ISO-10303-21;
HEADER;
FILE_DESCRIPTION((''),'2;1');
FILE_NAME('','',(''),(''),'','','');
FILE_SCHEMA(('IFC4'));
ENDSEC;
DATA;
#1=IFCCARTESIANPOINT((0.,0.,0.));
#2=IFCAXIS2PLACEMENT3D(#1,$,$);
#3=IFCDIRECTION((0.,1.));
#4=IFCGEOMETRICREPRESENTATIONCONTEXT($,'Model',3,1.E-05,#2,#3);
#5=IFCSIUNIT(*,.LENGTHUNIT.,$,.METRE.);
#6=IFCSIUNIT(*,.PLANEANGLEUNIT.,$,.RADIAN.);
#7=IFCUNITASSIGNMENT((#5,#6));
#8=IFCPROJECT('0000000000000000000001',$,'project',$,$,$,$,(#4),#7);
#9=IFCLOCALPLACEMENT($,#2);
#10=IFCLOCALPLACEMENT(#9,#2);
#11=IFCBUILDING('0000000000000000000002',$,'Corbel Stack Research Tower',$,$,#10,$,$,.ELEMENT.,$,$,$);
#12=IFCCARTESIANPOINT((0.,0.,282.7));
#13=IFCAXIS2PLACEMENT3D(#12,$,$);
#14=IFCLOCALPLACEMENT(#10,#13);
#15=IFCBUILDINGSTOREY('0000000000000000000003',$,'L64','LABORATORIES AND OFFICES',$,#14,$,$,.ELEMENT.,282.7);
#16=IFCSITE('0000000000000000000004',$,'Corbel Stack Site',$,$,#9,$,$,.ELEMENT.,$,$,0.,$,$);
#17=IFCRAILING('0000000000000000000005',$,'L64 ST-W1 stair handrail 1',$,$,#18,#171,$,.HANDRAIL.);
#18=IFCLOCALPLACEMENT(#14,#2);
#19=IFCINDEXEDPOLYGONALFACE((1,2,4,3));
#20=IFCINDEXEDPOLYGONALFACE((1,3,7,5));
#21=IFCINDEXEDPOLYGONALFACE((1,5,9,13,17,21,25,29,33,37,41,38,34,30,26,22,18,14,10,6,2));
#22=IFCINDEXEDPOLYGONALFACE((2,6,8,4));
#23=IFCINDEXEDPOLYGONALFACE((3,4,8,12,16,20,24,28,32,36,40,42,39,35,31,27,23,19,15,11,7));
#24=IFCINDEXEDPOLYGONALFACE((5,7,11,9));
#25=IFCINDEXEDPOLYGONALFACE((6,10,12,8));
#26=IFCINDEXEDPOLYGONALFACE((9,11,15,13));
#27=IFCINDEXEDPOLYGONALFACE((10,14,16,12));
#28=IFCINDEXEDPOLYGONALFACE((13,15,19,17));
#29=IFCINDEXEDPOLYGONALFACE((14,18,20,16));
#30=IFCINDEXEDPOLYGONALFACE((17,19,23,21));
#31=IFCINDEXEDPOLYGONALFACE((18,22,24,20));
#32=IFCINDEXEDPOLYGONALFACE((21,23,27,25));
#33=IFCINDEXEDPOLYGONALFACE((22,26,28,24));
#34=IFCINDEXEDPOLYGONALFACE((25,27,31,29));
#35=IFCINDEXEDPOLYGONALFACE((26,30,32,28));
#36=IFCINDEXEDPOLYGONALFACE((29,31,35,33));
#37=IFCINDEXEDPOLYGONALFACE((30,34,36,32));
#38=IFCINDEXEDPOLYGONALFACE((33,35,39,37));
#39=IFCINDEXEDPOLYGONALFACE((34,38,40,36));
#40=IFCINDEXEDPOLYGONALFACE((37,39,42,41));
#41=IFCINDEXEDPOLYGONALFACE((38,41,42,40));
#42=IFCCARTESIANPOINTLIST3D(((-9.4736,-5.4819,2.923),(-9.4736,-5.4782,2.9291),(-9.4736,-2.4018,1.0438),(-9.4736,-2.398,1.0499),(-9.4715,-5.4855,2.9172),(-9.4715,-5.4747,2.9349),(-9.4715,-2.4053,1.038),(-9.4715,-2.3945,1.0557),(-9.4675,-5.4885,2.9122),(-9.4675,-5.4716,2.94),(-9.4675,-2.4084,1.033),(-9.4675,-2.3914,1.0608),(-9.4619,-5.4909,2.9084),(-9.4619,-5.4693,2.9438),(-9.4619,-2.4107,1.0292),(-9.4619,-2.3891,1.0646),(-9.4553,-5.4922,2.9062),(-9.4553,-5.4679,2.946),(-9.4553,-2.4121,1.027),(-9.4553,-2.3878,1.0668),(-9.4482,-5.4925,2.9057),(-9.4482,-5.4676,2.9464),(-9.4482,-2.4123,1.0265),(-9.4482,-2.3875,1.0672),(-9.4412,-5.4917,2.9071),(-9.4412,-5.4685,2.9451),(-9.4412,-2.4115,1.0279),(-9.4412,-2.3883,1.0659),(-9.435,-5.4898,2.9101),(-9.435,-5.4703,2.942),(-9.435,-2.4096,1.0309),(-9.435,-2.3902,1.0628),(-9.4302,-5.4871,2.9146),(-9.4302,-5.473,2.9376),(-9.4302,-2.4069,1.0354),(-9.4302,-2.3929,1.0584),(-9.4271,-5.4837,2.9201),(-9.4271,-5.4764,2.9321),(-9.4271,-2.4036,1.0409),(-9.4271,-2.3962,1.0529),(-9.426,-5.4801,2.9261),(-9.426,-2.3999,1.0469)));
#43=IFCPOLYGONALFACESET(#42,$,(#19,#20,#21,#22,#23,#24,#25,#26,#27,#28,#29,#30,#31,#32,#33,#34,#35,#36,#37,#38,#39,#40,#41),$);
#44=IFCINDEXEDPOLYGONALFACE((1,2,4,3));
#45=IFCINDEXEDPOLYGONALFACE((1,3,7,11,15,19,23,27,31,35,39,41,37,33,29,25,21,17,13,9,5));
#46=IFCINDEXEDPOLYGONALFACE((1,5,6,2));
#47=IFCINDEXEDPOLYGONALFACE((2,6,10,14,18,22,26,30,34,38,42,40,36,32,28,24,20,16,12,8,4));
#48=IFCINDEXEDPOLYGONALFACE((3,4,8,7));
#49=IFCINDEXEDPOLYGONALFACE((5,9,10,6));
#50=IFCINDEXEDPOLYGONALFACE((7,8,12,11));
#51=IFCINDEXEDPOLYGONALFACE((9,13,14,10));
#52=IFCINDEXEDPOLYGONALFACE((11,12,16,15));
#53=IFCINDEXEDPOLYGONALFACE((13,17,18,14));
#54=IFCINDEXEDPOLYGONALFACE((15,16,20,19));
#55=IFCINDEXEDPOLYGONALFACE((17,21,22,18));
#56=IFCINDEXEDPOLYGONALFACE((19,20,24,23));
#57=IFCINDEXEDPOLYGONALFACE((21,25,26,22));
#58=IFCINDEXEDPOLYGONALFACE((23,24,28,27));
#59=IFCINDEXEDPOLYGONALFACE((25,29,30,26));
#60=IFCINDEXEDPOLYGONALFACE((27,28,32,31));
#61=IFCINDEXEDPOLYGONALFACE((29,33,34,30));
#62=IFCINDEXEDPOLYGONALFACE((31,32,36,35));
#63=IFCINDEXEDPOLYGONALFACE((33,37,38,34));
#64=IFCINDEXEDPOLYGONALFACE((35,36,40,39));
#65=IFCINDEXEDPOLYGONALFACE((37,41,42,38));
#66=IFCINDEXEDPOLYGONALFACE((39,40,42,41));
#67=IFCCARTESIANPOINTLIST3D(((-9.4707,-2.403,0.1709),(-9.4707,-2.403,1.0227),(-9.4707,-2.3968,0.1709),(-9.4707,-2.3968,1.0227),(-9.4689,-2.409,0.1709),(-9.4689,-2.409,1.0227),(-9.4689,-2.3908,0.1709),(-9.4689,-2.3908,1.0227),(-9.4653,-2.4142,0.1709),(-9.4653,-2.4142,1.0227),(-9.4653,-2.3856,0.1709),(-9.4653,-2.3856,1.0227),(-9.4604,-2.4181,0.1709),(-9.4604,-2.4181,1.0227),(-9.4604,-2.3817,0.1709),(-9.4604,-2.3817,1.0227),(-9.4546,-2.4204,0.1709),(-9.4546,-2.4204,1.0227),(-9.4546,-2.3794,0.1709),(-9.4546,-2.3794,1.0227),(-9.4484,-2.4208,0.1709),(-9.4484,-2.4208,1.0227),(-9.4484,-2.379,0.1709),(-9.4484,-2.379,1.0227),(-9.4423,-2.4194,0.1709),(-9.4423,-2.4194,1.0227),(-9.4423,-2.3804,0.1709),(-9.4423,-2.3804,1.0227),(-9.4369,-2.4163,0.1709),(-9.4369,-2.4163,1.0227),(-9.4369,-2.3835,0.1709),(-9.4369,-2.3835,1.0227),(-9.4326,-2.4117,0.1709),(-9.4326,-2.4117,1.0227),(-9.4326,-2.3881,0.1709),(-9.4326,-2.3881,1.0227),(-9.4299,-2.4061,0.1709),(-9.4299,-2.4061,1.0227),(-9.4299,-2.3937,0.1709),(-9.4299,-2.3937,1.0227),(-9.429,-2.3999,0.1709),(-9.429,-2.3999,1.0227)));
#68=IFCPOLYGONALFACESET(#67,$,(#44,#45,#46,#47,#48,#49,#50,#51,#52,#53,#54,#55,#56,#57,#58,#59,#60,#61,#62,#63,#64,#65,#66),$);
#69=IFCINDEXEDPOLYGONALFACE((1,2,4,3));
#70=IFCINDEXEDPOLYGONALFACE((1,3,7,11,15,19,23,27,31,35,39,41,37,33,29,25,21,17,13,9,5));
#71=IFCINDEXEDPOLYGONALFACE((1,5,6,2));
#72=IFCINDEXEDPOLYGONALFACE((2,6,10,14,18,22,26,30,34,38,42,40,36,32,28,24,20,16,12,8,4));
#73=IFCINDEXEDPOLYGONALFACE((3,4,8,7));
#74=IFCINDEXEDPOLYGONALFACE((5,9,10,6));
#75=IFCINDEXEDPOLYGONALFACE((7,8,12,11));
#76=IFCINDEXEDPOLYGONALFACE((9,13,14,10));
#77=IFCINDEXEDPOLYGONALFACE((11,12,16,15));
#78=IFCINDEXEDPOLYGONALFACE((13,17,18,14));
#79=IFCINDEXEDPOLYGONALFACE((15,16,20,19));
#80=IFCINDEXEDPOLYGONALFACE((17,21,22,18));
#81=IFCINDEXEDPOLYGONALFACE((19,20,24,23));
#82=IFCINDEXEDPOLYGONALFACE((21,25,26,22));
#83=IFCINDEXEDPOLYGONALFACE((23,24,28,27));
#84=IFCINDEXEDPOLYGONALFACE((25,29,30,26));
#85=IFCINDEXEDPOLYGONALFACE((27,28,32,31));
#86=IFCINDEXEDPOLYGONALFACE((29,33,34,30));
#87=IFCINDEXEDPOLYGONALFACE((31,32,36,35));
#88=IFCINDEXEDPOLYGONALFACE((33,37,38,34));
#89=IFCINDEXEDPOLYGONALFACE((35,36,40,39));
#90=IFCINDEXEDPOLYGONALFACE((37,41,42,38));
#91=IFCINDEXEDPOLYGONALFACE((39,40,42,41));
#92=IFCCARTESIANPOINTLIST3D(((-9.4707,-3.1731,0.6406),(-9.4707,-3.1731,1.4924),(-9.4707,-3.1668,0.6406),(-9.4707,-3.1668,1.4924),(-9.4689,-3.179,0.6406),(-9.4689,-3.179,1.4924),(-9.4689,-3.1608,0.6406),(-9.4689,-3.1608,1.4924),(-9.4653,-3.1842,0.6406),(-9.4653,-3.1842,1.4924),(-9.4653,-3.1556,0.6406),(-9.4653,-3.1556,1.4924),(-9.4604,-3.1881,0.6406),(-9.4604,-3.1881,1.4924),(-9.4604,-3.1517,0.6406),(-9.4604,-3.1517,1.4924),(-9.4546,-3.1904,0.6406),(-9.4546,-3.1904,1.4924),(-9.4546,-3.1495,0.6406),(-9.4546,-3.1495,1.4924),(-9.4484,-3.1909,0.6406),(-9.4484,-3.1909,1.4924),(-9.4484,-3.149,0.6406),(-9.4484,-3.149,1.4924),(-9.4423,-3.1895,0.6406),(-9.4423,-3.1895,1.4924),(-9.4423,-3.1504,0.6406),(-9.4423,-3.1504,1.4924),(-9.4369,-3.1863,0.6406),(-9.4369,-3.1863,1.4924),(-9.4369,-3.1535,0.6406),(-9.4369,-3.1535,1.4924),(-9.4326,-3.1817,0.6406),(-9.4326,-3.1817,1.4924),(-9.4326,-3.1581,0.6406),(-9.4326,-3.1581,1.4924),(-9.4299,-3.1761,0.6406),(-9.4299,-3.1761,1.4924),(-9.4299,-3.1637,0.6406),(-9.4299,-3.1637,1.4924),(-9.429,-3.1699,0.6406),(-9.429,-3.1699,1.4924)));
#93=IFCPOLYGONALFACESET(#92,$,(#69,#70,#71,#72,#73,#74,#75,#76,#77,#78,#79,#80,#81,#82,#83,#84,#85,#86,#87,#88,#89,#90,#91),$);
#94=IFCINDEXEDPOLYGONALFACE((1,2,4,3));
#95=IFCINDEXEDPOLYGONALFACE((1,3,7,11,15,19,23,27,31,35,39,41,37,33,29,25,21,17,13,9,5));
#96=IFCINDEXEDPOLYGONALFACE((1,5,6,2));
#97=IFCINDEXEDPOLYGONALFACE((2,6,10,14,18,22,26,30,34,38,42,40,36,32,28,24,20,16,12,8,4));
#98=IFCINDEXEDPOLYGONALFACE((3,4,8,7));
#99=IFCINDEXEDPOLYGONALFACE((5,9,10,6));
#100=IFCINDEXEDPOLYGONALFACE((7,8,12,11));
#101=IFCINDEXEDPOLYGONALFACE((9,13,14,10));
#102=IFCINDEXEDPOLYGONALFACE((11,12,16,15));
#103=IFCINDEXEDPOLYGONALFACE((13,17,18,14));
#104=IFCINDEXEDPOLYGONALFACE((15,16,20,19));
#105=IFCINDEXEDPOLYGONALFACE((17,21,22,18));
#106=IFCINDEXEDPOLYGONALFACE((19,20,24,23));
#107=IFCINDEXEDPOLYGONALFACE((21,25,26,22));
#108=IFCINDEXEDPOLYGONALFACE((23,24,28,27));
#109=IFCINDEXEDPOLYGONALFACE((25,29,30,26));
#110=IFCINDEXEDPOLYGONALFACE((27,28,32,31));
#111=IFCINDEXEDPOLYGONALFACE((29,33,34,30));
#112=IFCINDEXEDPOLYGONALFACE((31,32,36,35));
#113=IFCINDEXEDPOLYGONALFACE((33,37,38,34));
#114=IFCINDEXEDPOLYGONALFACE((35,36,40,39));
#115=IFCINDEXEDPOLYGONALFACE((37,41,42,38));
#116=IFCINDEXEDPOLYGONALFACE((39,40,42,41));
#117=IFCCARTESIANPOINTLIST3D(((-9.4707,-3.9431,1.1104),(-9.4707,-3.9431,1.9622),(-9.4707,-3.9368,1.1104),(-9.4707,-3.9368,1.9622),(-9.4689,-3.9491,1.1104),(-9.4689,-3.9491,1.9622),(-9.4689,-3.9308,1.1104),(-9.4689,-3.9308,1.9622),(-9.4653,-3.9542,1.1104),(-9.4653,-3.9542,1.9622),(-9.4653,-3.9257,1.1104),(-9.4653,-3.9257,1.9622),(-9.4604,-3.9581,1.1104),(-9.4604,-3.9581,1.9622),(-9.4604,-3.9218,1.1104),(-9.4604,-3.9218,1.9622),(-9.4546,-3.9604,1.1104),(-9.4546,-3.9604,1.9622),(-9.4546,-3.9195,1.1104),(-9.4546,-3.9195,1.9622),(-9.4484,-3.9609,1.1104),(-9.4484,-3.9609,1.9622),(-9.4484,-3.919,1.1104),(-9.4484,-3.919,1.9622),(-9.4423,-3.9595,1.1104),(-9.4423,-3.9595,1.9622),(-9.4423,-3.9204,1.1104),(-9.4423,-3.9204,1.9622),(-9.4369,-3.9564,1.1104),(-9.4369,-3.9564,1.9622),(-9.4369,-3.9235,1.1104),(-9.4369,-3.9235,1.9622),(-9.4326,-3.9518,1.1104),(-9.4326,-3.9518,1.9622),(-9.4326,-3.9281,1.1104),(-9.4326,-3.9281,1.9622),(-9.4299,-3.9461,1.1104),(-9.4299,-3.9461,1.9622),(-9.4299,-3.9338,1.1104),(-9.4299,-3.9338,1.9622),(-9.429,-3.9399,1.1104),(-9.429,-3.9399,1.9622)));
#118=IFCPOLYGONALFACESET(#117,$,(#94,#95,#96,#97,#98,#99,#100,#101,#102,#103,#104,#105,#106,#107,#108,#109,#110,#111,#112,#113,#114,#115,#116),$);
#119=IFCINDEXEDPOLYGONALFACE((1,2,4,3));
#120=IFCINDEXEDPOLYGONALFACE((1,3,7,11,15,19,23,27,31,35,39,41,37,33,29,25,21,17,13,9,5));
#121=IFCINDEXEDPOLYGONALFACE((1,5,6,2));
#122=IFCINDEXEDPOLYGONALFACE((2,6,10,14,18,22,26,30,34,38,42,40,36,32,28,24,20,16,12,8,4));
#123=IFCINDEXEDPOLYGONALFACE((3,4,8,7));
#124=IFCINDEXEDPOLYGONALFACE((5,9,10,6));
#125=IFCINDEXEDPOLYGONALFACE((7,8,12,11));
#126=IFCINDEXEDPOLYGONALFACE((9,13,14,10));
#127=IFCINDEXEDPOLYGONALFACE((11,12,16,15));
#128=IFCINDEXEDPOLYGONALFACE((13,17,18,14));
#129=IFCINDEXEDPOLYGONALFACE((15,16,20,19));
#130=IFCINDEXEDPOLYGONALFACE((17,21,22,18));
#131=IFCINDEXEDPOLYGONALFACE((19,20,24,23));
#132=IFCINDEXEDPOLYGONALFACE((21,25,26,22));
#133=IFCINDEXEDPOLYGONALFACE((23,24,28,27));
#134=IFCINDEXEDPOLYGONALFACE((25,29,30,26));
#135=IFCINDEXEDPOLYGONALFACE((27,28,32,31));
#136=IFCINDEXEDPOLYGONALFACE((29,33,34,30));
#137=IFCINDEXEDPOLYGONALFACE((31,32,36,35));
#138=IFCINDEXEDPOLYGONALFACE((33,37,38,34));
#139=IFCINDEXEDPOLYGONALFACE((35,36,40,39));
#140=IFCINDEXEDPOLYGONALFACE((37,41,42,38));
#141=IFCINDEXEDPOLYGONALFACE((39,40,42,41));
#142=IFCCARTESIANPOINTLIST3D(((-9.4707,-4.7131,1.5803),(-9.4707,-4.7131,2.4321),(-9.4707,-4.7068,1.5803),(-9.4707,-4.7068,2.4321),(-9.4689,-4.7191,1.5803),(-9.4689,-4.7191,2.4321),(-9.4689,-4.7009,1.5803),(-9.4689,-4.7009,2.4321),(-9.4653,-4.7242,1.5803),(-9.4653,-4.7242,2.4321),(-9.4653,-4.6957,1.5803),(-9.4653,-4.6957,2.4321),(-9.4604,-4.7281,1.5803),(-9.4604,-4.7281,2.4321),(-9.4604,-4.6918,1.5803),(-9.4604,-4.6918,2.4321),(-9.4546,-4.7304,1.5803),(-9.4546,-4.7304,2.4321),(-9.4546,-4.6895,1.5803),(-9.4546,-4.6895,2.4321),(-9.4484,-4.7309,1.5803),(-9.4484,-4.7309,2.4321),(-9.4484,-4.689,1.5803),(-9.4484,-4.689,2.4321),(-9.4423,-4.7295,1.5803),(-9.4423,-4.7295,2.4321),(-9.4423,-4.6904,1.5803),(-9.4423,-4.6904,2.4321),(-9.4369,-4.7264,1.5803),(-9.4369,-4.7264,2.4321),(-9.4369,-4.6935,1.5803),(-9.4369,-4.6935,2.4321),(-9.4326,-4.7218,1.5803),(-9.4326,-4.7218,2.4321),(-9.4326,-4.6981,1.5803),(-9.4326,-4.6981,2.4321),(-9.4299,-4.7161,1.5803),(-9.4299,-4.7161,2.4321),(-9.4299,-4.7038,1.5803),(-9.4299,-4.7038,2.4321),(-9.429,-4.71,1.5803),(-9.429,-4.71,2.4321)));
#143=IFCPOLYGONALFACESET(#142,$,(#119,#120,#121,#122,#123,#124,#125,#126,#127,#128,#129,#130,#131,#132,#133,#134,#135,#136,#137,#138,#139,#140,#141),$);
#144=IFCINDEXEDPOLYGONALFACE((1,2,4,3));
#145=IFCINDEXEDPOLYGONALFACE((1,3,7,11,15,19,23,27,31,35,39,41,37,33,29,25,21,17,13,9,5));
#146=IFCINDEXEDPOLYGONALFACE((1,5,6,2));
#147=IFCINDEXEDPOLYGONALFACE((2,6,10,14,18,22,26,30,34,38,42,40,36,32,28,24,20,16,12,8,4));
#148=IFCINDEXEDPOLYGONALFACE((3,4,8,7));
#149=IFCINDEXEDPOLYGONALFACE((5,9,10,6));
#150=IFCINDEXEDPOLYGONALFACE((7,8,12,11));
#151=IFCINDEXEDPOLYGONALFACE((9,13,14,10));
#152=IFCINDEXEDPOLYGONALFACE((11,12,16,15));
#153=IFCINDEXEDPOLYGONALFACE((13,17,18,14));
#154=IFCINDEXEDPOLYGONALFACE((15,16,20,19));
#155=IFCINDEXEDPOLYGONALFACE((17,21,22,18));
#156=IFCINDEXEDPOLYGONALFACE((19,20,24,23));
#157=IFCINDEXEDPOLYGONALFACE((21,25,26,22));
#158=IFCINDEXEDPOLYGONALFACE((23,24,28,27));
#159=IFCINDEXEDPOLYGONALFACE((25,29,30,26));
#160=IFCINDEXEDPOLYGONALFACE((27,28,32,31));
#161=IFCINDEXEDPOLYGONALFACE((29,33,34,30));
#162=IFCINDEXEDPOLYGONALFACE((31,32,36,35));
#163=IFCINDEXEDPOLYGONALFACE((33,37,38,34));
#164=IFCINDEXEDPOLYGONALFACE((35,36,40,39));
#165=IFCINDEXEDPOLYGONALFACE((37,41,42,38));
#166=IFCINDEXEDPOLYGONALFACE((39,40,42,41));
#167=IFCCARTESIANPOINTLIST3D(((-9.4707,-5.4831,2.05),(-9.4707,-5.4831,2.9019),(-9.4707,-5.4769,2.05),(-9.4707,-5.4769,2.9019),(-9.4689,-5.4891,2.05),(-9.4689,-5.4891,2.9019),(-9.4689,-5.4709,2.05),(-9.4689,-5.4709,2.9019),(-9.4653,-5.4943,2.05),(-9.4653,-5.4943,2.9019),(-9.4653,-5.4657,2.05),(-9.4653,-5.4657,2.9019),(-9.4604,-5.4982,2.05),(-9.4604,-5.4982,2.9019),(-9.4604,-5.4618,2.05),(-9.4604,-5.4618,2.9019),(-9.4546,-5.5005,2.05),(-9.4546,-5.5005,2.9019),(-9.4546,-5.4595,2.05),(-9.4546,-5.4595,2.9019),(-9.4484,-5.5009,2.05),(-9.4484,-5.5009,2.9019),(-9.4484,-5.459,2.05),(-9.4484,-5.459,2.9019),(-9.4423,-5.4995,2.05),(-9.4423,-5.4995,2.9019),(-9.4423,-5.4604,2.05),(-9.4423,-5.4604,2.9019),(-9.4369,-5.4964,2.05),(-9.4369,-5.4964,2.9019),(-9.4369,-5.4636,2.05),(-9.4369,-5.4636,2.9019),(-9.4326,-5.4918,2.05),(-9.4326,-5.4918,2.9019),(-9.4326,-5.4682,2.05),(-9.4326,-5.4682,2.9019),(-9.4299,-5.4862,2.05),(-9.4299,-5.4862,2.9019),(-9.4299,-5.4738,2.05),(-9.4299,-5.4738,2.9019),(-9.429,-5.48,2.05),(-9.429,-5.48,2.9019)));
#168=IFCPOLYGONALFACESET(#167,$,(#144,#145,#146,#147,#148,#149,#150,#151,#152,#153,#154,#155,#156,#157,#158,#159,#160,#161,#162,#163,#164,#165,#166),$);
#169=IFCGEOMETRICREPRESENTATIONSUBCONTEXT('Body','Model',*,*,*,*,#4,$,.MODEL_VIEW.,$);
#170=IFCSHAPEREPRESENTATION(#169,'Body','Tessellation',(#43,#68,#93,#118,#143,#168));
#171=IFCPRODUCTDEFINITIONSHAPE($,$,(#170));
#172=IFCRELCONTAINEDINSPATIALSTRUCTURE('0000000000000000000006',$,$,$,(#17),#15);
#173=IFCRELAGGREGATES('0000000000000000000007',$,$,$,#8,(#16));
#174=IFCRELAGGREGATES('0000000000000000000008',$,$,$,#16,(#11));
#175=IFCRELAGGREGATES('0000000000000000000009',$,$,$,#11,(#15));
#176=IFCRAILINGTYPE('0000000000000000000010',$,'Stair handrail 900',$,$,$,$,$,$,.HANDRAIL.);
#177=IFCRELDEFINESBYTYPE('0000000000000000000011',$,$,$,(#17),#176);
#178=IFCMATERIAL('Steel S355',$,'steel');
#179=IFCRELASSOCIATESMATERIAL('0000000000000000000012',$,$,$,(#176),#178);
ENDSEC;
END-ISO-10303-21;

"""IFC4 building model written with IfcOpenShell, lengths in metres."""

from ifc_helpers import new_model, si_unit, direction, frame, origin, origin_2d, place, context, subcontext, project, spatial, circle, extrude, material, type_object, element, save


model = new_model("IFC4")

# Units and contexts
model_context = context("Model", 3, precision=1e-05, world=origin(), true_north=direction((0.0, 1.0)))
body_context = subcontext(model_context, "Body", "Model", "MODEL_VIEW")
ifc_project = project(units=[si_unit("LENGTHUNIT", "METRE"), si_unit("PLANEANGLEUNIT", "RADIAN")], contexts=[model_context])

# Site, building, storey
site_placement = place(None, origin())
site = spatial("IfcSite", under=ifc_project, at=site_placement, Name="Corbel Stack Site", CompositionType="ELEMENT", RefElevation=0.0)
building_placement = place(site_placement, origin())
building = spatial("IfcBuilding", under=site, at=building_placement, Name="Corbel Stack Research Tower", CompositionType="ELEMENT")
storey_placement = place(building_placement, frame((0.0, 0.0, 282.7)))
storey = spatial("IfcBuildingStorey", under=building, at=storey_placement, Name="L64", Description="LABORATORIES AND OFFICES", CompositionType="ELEMENT", Elevation=282.7)

# Railing
ifc_material_1 = material(Name="Steel S355", Category="steel")
railing_type_1 = type_object("IfcRailingType", Name="Stair handrail 900", PredefinedType="HANDRAIL", material=ifc_material_1)
railing_1_placement = place(storey_placement, frame((-9.45, -2.3999, 0.1709)))
element("IfcRailing", 1, at=railing_1_placement, inside=storey, type_object=railing_type_1, Name="L64 ST-W1 stair handrail 1", PredefinedType="HANDRAIL", context=body_context, shape_type="SweptSolid", body=[
    extrude(circle(Radius=0.0239, at=origin_2d()), frame((0.0, 0.0, 0.876), z_axis=(0.0, -0.853666, 0.52082), x_axis=(1.0, 0.0, 0.0)), (0.0, 0.0, 1.0), 3.6082),
    extrude(circle(Radius=0.021, at=origin_2d()), origin(), (0.0, 0.0, 1.0), 0.8518),
    extrude(circle(Radius=0.021, at=origin_2d()), frame((0.0, -0.77, 0.4697)), (0.0, 0.0, 1.0), 0.8518),
    extrude(circle(Radius=0.021, at=origin_2d()), frame((0.0, -1.54, 0.9395)), (0.0, 0.0, 1.0), 0.8518),
    extrude(circle(Radius=0.021, at=origin_2d()), frame((0.0, -2.3101, 1.4094)), (0.0, 0.0, 1.0), 0.8518),
    extrude(circle(Radius=0.021, at=origin_2d()), frame((0.0, -3.0801, 1.8792)), (0.0, 0.0, 1.0), 0.8518),
])

save(model, "model.ifc")
